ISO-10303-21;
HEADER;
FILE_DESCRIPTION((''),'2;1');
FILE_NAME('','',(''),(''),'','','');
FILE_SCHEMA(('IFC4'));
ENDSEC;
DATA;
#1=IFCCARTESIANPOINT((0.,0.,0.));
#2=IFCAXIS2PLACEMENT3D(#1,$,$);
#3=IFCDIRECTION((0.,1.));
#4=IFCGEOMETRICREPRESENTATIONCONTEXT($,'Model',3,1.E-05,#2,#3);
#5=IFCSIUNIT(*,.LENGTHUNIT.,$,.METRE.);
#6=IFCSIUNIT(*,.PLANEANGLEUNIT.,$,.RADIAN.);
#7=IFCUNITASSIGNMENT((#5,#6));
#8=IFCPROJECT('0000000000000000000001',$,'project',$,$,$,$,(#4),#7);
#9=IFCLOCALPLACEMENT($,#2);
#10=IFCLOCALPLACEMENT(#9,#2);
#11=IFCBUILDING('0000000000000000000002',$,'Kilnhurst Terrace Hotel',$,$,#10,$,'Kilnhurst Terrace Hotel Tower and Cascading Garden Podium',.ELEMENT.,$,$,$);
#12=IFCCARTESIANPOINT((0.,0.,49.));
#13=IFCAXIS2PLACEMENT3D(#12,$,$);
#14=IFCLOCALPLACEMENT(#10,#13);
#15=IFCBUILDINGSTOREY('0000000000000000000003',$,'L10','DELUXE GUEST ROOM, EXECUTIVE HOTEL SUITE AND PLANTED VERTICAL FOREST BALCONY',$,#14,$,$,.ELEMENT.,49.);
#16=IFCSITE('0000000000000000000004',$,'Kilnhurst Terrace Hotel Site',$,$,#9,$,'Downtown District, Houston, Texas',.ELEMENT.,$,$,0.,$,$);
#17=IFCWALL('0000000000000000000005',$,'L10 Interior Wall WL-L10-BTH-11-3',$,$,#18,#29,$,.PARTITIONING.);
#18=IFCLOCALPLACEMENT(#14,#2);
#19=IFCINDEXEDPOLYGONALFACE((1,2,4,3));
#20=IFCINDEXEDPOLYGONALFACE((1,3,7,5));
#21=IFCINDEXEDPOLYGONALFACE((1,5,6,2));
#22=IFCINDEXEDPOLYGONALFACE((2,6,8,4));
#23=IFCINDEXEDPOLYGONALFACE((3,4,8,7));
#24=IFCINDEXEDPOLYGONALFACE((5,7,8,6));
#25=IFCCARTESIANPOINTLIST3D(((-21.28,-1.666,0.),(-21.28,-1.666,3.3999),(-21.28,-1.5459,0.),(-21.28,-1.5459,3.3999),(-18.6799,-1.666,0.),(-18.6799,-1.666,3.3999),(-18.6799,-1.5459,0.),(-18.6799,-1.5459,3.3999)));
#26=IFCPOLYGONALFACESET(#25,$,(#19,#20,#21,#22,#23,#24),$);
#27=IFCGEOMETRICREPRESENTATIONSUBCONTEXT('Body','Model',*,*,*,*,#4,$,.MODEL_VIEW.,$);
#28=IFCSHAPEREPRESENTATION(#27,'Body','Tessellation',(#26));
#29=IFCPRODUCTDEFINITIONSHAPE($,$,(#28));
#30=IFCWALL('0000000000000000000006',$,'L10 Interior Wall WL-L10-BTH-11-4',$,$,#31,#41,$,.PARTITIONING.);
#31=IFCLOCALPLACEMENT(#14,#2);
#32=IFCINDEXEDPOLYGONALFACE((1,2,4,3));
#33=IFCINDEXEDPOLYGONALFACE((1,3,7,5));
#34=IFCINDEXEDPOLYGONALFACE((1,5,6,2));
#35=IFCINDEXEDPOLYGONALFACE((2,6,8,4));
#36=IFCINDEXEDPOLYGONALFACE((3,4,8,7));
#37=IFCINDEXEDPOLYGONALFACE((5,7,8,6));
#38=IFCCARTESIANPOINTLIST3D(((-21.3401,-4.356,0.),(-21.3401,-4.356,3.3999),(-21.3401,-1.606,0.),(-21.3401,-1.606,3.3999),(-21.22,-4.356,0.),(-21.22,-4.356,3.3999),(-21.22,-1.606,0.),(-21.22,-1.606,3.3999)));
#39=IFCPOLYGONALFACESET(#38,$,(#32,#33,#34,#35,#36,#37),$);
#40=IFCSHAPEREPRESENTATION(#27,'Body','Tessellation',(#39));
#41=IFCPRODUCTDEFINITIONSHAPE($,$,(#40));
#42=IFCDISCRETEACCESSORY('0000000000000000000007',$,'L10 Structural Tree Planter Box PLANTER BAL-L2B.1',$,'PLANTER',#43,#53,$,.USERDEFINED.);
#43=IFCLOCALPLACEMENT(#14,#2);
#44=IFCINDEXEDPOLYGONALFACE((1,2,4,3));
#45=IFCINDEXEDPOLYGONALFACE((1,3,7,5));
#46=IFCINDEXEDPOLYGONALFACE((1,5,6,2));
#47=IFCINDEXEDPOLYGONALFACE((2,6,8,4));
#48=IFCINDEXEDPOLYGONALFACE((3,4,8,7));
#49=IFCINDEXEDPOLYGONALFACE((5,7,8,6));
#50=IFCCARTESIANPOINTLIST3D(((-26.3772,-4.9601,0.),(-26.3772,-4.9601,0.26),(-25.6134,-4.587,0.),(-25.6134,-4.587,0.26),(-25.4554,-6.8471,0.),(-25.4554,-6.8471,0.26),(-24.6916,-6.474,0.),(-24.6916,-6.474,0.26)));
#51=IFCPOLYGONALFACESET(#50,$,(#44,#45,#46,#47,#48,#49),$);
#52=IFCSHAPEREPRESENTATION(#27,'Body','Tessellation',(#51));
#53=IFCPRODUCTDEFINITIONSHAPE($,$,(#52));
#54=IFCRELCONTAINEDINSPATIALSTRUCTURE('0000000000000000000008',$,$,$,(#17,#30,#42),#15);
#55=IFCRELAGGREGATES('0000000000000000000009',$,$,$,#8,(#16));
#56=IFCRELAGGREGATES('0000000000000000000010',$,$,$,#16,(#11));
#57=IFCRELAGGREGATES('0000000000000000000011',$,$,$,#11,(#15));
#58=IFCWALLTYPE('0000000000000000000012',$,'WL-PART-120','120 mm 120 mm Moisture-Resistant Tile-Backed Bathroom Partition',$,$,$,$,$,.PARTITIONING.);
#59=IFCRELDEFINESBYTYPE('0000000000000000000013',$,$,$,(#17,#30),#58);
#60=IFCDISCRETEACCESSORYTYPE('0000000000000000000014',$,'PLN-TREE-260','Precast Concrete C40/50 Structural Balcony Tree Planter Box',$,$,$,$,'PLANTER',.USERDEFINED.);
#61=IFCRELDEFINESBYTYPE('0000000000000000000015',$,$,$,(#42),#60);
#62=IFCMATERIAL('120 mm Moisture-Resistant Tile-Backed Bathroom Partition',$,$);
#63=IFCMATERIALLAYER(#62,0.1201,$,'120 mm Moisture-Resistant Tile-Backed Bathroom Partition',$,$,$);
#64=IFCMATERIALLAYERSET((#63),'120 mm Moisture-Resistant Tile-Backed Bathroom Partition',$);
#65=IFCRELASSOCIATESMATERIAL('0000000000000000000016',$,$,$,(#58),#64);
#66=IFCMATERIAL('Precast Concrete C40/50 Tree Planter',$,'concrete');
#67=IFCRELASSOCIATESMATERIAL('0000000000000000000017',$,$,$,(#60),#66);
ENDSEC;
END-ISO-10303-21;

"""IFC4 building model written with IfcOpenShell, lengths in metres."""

from ifc_helpers import new_model, si_unit, direction, frame, frame_2d, origin, origin_2d, place, context, subcontext, project, spatial, rectangle, extrude, material, layer, layer_set, type_object, element, save


model = new_model("IFC4")

# Units and contexts
model_context = context("Model", 3, precision=1e-05, world=origin(), true_north=direction((0.0, 1.0)))
body_context = subcontext(model_context, "Body", "Model", "MODEL_VIEW")
ifc_project = project(units=[si_unit("LENGTHUNIT", "METRE"), si_unit("PLANEANGLEUNIT", "RADIAN")], contexts=[model_context])

# Site, building, storey
site_placement = place(None, origin())
site = spatial("IfcSite", under=ifc_project, at=site_placement, Name="Kilnhurst Terrace Hotel Site", LongName="Downtown District, Houston, Texas", CompositionType="ELEMENT", RefElevation=0.0)
building_placement = place(site_placement, origin())
building = spatial("IfcBuilding", under=site, at=building_placement, Name="Kilnhurst Terrace Hotel", LongName="Kilnhurst Terrace Hotel Tower and Cascading Garden Podium", CompositionType="ELEMENT")
storey_placement = place(building_placement, frame((0.0, 0.0, 49.0)))
storey = spatial("IfcBuildingStorey", under=building, at=storey_placement, Name="L10", Description="DELUXE GUEST ROOM, EXECUTIVE HOTEL SUITE AND PLANTED VERTICAL FOREST BALCONY", CompositionType="ELEMENT", Elevation=49.0)

# Shared definitions
ifc_material_1 = material(Name="120 mm Moisture-Resistant Tile-Backed Bathroom Partition")
ifc_layer_1 = layer(ifc_material_1, 0.1201, Name="120 mm Moisture-Resistant Tile-Backed Bathroom Partition")
ifc_layer_set_1 = layer_set([ifc_layer_1], Name="120 mm Moisture-Resistant Tile-Backed Bathroom Partition")
wall_type_1 = type_object("IfcWallType", Name="WL-PART-120", Description="120 mm 120 mm Moisture-Resistant Tile-Backed Bathroom Partition", PredefinedType="PARTITIONING", material=ifc_layer_set_1)

# Walls
wall_1_placement = place(storey_placement, frame((-18.6799, -1.606, 0.0), z_axis=(0.0, 0.0, 1.0), x_axis=(-1.0, 0.0, 0.0)))
element("IfcWall", 1, at=wall_1_placement, inside=storey, type_object=wall_type_1, Name="L10 Interior Wall WL-L10-BTH-11-3", PredefinedType="PARTITIONING", context=body_context, shape_type="SweptSolid", body=[
    extrude(rectangle(XDim=2.6001, YDim=0.1201, at=frame_2d((1.3, 0.0))), origin(), (0.0, 0.0, 1.0), 3.3999),
])
wall_2_placement = place(storey_placement, frame((-21.28, -1.606, 0.0), z_axis=(0.0, 0.0, 1.0), x_axis=(0.0, -1.0, 0.0)))
element("IfcWall", 2, at=wall_2_placement, inside=storey, type_object=wall_type_1, Name="L10 Interior Wall WL-L10-BTH-11-4", PredefinedType="PARTITIONING", context=body_context, shape_type="SweptSolid", body=[
    extrude(rectangle(XDim=2.75, YDim=0.1201, at=frame_2d((1.375, 0.0))), origin(), (0.0, 0.0, 1.0), 3.3999),
])

# Discrete accessory
ifc_material_2 = material(Name="Precast Concrete C40/50 Tree Planter", Category="concrete")
discrete_accessory_type = type_object("IfcDiscreteAccessoryType", Name="PLN-TREE-260", Description="Precast Concrete C40/50 Structural Balcony Tree Planter Box", ElementType="PLANTER", PredefinedType="USERDEFINED", material=ifc_material_2)
discrete_accessory_placement = place(storey_placement, frame((-25.5344, -5.717, 0.0), z_axis=(0.0, 0.0, 1.0), x_axis=(0.438936, -0.898518, 0.0)))
element("IfcDiscreteAccessory", 3, at=discrete_accessory_placement, inside=storey, type_object=discrete_accessory_type, Name="L10 Structural Tree Planter Box PLANTER BAL-L2B.1", ObjectType="PLANTER", PredefinedType="USERDEFINED", context=body_context, shape_type="SweptSolid", body=[
    extrude(rectangle(XDim=2.1001, YDim=0.8501, at=origin_2d()), origin(), (0.0, 0.0, 1.0), 0.26),
])

save(model, "model.ifc")
